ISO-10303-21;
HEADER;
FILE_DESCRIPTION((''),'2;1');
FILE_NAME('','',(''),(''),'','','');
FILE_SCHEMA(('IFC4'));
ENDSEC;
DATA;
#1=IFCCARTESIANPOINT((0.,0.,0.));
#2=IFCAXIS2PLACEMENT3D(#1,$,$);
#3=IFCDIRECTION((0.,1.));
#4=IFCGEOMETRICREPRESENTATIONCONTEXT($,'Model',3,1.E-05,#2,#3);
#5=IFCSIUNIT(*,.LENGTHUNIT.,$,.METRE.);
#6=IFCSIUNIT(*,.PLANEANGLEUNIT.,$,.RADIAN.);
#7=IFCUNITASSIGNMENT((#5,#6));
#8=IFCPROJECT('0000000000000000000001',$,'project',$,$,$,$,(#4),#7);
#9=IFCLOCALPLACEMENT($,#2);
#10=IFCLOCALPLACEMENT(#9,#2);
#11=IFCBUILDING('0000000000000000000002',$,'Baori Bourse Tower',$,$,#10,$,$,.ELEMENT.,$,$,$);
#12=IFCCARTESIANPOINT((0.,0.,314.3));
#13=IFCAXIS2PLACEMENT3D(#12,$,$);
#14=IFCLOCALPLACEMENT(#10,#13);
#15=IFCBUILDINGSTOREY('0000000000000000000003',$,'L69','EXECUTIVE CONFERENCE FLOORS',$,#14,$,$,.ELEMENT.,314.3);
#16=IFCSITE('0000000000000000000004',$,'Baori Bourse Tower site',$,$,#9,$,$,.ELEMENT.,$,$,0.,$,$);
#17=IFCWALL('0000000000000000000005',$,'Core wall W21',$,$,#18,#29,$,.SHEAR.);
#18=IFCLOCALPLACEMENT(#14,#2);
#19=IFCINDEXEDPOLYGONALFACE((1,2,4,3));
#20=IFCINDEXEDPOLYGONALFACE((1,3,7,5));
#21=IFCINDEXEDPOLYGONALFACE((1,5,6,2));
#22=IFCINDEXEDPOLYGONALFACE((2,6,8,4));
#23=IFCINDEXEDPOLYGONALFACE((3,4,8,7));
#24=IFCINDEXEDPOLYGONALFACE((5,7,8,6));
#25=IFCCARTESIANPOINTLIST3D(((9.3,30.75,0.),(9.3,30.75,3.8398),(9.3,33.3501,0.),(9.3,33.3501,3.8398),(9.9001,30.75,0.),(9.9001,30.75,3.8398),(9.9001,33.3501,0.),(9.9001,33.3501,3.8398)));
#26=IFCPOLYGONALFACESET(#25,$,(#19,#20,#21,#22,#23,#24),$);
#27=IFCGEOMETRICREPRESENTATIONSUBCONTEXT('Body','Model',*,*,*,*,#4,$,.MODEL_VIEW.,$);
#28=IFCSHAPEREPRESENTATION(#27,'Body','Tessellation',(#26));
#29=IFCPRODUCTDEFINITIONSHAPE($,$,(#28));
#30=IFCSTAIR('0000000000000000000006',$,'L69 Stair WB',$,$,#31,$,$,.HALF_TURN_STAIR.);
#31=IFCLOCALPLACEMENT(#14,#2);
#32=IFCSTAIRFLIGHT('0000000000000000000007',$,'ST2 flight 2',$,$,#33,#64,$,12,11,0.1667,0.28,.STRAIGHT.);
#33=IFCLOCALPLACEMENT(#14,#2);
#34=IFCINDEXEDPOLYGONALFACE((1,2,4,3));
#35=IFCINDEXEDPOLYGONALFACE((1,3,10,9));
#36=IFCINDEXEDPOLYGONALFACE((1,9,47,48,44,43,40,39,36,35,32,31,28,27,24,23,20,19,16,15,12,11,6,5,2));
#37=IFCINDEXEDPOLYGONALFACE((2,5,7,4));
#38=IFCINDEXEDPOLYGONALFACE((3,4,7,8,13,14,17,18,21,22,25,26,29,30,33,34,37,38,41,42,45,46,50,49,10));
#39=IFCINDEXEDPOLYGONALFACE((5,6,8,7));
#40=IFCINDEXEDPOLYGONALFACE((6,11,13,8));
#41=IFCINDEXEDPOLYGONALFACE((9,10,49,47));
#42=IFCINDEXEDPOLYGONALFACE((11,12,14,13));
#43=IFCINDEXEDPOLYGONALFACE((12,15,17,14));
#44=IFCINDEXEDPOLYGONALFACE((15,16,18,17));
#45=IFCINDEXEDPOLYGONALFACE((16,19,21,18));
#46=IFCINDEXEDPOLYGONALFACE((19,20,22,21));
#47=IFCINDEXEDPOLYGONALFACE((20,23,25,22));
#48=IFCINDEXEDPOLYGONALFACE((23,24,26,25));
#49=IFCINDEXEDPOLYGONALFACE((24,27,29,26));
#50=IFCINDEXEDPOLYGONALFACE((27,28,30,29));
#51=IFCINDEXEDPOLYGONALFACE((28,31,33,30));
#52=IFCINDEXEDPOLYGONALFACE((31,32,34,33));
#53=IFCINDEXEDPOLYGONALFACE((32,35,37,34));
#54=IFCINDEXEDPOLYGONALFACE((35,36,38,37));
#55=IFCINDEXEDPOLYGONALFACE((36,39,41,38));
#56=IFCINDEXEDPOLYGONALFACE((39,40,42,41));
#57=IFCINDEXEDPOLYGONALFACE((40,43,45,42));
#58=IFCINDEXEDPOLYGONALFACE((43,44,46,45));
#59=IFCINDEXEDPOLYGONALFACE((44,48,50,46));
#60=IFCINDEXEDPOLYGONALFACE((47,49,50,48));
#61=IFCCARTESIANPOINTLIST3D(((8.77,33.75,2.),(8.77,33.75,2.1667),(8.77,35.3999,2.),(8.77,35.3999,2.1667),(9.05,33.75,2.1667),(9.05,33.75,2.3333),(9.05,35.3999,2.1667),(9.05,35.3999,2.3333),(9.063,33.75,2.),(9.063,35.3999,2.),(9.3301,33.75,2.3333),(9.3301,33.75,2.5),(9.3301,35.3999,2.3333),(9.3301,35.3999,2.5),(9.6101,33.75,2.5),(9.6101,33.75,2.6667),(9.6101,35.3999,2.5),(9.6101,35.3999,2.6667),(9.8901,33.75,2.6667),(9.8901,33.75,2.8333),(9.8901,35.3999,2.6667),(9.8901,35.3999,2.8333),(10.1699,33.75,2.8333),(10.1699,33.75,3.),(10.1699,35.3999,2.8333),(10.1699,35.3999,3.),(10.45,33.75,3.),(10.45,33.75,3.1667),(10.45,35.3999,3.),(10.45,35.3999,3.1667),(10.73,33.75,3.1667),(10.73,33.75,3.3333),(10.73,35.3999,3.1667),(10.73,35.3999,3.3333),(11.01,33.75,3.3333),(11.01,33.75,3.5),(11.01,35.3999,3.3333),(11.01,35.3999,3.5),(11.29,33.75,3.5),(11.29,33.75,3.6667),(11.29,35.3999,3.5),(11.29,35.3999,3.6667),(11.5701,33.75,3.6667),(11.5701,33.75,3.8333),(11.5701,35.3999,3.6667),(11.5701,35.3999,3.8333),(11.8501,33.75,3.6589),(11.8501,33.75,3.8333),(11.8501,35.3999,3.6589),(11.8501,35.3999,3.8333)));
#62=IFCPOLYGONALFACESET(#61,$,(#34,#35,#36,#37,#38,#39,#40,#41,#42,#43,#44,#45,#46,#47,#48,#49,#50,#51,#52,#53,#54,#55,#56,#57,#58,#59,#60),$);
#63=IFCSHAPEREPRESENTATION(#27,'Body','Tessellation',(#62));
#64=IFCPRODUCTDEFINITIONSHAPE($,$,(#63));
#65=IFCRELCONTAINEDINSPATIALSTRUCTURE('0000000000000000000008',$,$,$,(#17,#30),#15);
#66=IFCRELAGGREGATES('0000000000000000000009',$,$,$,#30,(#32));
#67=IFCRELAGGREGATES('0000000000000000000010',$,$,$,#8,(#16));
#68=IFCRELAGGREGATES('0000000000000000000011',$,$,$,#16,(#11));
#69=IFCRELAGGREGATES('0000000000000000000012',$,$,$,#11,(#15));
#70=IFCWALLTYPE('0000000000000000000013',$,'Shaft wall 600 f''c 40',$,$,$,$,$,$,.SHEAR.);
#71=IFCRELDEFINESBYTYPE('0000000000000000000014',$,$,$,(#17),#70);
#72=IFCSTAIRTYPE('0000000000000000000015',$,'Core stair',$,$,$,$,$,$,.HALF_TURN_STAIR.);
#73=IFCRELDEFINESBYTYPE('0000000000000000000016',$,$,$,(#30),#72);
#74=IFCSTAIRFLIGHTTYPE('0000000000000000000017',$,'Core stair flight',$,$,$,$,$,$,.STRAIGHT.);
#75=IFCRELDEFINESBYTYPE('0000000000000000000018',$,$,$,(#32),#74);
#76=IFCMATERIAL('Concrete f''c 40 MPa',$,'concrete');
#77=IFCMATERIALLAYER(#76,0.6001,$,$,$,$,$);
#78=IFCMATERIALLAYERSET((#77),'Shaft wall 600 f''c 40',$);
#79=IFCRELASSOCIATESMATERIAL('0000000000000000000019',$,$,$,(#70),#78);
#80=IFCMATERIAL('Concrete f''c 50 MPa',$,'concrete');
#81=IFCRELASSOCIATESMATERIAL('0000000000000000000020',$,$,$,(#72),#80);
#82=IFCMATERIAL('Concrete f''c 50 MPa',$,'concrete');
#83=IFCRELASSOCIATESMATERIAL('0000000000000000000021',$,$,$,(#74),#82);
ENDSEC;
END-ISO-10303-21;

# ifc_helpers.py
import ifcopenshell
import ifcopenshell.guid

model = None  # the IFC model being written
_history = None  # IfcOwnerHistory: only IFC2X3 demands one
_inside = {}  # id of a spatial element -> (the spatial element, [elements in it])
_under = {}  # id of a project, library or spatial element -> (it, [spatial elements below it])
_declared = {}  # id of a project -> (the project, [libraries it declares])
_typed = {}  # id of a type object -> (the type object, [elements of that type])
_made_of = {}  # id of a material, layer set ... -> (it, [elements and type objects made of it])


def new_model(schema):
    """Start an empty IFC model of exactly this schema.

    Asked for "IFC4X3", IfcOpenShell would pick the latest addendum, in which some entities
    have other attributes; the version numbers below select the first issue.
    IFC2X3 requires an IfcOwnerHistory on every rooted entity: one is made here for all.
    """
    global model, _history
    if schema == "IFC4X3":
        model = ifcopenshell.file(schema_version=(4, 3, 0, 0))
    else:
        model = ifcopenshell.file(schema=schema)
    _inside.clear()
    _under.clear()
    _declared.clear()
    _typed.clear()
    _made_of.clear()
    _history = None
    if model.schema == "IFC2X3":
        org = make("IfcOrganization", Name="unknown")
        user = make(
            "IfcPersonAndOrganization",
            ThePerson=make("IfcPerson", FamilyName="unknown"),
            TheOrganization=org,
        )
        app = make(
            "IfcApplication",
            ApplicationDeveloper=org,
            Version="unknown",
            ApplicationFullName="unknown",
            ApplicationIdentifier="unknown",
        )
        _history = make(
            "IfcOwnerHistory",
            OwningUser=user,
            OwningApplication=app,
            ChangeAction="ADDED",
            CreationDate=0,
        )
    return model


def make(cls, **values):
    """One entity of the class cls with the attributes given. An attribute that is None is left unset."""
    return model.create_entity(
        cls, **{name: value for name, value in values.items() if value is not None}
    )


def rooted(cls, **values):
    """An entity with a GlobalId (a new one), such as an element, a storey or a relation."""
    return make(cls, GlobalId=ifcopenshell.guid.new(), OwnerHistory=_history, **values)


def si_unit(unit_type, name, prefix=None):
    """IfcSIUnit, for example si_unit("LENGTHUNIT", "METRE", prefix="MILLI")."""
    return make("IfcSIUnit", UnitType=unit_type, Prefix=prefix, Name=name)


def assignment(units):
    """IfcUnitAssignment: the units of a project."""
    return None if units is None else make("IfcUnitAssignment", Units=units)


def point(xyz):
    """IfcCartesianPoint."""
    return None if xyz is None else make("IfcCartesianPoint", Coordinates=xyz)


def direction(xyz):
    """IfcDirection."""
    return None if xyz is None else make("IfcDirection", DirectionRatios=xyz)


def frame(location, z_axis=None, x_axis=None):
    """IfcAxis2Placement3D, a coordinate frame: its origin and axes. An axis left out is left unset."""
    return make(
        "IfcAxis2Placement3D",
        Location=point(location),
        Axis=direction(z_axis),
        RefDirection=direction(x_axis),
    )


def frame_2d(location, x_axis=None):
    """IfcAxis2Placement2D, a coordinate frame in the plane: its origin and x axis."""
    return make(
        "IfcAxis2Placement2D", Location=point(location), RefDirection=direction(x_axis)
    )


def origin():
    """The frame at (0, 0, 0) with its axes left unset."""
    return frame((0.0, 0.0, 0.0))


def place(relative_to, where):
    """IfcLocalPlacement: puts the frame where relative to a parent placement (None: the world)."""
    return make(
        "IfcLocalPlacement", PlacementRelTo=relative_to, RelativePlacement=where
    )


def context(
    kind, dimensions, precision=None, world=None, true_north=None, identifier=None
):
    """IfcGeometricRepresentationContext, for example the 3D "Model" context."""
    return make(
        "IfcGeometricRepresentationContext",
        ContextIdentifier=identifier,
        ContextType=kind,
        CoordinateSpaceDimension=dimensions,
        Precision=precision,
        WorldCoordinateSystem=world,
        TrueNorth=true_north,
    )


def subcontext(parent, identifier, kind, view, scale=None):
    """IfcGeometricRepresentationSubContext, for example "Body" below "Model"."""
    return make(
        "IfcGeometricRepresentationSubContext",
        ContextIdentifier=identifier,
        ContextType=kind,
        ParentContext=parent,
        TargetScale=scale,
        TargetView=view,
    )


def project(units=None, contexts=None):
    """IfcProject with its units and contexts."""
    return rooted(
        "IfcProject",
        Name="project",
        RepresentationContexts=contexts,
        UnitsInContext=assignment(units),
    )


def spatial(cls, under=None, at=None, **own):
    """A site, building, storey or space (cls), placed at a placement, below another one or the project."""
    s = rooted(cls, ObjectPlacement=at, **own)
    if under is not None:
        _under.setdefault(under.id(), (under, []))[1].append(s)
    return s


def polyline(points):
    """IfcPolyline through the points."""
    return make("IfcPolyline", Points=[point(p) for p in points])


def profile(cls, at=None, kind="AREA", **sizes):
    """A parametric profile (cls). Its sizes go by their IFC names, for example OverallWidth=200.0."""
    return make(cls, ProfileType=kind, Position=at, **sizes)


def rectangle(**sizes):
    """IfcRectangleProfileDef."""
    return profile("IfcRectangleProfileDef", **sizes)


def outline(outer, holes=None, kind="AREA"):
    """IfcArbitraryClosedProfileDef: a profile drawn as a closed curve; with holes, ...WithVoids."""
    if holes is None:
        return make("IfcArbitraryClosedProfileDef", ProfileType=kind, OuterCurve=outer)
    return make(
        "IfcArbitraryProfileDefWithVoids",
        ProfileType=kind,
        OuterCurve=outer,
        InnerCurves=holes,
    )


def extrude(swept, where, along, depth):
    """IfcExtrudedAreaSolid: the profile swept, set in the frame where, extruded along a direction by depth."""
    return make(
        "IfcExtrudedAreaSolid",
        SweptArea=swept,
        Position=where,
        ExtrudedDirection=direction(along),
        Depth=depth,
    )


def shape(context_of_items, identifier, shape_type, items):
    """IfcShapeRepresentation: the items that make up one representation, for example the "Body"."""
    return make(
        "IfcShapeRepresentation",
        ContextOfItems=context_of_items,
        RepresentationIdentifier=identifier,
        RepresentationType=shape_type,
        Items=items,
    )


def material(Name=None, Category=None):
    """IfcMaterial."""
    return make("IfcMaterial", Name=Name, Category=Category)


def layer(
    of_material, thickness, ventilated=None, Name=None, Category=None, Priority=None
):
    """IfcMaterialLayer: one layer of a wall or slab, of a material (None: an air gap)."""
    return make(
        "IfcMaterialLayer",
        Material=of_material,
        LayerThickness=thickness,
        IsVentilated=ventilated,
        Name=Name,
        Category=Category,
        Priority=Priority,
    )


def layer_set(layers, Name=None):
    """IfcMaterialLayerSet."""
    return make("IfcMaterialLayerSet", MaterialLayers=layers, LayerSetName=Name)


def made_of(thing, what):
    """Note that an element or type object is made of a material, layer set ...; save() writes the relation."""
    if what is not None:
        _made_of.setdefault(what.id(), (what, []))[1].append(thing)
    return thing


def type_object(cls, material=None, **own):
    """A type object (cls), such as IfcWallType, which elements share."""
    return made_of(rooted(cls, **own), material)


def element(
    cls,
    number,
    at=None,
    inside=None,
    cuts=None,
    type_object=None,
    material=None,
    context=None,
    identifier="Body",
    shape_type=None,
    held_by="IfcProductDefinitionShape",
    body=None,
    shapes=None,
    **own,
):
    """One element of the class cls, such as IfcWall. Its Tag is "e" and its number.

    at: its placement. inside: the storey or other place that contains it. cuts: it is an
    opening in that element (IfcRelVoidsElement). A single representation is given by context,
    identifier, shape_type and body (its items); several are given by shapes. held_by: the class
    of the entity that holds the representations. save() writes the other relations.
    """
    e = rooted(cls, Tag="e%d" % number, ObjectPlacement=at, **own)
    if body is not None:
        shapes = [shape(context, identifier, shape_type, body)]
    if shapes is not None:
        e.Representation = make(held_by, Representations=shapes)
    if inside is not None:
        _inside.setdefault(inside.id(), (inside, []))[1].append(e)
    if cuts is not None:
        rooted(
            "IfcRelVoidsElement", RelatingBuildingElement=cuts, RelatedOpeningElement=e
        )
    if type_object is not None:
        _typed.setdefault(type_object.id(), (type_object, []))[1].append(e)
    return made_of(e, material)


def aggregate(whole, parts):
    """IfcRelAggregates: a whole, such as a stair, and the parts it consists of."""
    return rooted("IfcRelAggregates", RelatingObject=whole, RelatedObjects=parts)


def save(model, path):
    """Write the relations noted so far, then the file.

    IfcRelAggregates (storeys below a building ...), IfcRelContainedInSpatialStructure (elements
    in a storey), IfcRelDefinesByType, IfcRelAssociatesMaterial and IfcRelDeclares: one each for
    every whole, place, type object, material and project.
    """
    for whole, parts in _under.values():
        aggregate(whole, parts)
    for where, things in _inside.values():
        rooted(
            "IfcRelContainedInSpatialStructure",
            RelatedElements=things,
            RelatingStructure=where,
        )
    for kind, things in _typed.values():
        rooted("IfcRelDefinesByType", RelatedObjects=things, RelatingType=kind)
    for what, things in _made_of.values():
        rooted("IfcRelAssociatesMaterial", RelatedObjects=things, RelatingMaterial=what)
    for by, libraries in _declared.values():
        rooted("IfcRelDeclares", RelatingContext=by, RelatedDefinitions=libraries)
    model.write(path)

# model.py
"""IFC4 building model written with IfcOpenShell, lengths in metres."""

from ifc_helpers import new_model, si_unit, direction, frame, frame_2d, origin, place, context, subcontext, project, spatial, polyline, rectangle, outline, extrude, material, layer, layer_set, type_object, element, aggregate, save


model = new_model("IFC4")

# Units and contexts
model_context = context("Model", 3, precision=1e-05, world=origin(), true_north=direction((0.0, 1.0)))
body_context = subcontext(model_context, "Body", "Model", "MODEL_VIEW")
ifc_project = project(units=[si_unit("LENGTHUNIT", "METRE"), si_unit("PLANEANGLEUNIT", "RADIAN")], contexts=[model_context])

# Site, building, storey
site_placement = place(None, origin())
site = spatial("IfcSite", under=ifc_project, at=site_placement, Name="Baori Bourse Tower site", CompositionType="ELEMENT", RefElevation=0.0)
building_placement = place(site_placement, origin())
building = spatial("IfcBuilding", under=site, at=building_placement, Name="Baori Bourse Tower", CompositionType="ELEMENT")
storey_placement = place(building_placement, frame((0.0, 0.0, 314.3)))
storey = spatial("IfcBuildingStorey", under=building, at=storey_placement, Name="L69", Description="EXECUTIVE CONFERENCE FLOORS", CompositionType="ELEMENT", Elevation=314.3)

# Wall
ifc_material_1 = material(Name="Concrete f'c 40 MPa", Category="concrete")
ifc_layer_1 = layer(ifc_material_1, 0.6001)
ifc_layer_set_1 = layer_set([ifc_layer_1], Name="Shaft wall 600 f'c 40")
wall_type_1 = type_object("IfcWallType", Name="Shaft wall 600 f'c 40", PredefinedType="SHEAR", material=ifc_layer_set_1)
for number, where, z_axis, x_axis, name in (
    (1, (9.6001, 30.75, 0.0), (0.0, 0.0, 1.0), (0.0, 1.0, 0.0), "Core wall W21"),
):
    element("IfcWall", number, at=place(storey_placement, frame(where, z_axis=z_axis, x_axis=x_axis)), inside=storey, type_object=wall_type_1, Name=name, PredefinedType="SHEAR", context=body_context, shape_type="SweptSolid", body=[
        extrude(rectangle(XDim=2.6001, YDim=0.6001, at=frame_2d((1.3, 0.0))), origin(), (0.0, 0.0, 1.0), 3.8398),
    ])

# Stair, stair flight
ifc_material_2 = material(Name="Concrete f'c 50 MPa", Category="concrete")
stair_type = type_object("IfcStairType", Name="Core stair", PredefinedType="HALF_TURN_STAIR", material=ifc_material_2)
stair_placement = place(storey_placement, origin())
stair = element("IfcStair", 2, at=stair_placement, inside=storey, type_object=stair_type, Name="L69 Stair WB", PredefinedType="HALF_TURN_STAIR")
ifc_material_3 = material(Name="Concrete f'c 50 MPa", Category="concrete")
stair_flight_type = type_object("IfcStairFlightType", Name="Core stair flight", PredefinedType="STRAIGHT", material=ifc_material_3)
stair_flight_placement = place(storey_placement, frame((8.77, 34.575, 2.0), z_axis=(0.0, 0.0, 1.0), x_axis=(1.0, 0.0, 0.0)))
stair_flight = element("IfcStairFlight", 3, at=stair_flight_placement, type_object=stair_flight_type, Name="ST2 flight 2", NumberOfRisers=12, NumberOfTreads=11, PredefinedType="STRAIGHT", RiserHeight=0.1667, TreadLength=0.28, context=body_context, shape_type="SweptSolid", body=[
    extrude(outline(polyline([(0.0, 0.0), (0.0, 0.1667), (0.28, 0.1667), (0.28, 0.3333), (0.5601, 0.3333), (0.5601, 0.5), (0.8401, 0.5), (0.8401, 0.6667), (1.1201, 0.6667), (1.1201, 0.8333), (1.3999, 0.8333), (1.3999, 1.0), (1.6799, 1.0), (1.6799, 1.1667), (1.96, 1.1667), (1.96, 1.3333), (2.24, 1.3333), (2.24, 1.5), (2.52, 1.5), (2.52, 1.6667), (2.8, 1.6667), (2.8, 1.8333), (3.0801, 1.8333), (3.0801, 2.0), (3.0801, 1.6589), (0.293, 0.0), (0.0, 0.0)])), frame((0.0, 0.825, 0.0), z_axis=(0.0, -1.0, 0.0), x_axis=(1.0, 0.0, 0.0)), (0.0, 0.0, 1.0), 1.6499),
])
aggregate(stair, [stair_flight])

save(model, "model.ifc")
